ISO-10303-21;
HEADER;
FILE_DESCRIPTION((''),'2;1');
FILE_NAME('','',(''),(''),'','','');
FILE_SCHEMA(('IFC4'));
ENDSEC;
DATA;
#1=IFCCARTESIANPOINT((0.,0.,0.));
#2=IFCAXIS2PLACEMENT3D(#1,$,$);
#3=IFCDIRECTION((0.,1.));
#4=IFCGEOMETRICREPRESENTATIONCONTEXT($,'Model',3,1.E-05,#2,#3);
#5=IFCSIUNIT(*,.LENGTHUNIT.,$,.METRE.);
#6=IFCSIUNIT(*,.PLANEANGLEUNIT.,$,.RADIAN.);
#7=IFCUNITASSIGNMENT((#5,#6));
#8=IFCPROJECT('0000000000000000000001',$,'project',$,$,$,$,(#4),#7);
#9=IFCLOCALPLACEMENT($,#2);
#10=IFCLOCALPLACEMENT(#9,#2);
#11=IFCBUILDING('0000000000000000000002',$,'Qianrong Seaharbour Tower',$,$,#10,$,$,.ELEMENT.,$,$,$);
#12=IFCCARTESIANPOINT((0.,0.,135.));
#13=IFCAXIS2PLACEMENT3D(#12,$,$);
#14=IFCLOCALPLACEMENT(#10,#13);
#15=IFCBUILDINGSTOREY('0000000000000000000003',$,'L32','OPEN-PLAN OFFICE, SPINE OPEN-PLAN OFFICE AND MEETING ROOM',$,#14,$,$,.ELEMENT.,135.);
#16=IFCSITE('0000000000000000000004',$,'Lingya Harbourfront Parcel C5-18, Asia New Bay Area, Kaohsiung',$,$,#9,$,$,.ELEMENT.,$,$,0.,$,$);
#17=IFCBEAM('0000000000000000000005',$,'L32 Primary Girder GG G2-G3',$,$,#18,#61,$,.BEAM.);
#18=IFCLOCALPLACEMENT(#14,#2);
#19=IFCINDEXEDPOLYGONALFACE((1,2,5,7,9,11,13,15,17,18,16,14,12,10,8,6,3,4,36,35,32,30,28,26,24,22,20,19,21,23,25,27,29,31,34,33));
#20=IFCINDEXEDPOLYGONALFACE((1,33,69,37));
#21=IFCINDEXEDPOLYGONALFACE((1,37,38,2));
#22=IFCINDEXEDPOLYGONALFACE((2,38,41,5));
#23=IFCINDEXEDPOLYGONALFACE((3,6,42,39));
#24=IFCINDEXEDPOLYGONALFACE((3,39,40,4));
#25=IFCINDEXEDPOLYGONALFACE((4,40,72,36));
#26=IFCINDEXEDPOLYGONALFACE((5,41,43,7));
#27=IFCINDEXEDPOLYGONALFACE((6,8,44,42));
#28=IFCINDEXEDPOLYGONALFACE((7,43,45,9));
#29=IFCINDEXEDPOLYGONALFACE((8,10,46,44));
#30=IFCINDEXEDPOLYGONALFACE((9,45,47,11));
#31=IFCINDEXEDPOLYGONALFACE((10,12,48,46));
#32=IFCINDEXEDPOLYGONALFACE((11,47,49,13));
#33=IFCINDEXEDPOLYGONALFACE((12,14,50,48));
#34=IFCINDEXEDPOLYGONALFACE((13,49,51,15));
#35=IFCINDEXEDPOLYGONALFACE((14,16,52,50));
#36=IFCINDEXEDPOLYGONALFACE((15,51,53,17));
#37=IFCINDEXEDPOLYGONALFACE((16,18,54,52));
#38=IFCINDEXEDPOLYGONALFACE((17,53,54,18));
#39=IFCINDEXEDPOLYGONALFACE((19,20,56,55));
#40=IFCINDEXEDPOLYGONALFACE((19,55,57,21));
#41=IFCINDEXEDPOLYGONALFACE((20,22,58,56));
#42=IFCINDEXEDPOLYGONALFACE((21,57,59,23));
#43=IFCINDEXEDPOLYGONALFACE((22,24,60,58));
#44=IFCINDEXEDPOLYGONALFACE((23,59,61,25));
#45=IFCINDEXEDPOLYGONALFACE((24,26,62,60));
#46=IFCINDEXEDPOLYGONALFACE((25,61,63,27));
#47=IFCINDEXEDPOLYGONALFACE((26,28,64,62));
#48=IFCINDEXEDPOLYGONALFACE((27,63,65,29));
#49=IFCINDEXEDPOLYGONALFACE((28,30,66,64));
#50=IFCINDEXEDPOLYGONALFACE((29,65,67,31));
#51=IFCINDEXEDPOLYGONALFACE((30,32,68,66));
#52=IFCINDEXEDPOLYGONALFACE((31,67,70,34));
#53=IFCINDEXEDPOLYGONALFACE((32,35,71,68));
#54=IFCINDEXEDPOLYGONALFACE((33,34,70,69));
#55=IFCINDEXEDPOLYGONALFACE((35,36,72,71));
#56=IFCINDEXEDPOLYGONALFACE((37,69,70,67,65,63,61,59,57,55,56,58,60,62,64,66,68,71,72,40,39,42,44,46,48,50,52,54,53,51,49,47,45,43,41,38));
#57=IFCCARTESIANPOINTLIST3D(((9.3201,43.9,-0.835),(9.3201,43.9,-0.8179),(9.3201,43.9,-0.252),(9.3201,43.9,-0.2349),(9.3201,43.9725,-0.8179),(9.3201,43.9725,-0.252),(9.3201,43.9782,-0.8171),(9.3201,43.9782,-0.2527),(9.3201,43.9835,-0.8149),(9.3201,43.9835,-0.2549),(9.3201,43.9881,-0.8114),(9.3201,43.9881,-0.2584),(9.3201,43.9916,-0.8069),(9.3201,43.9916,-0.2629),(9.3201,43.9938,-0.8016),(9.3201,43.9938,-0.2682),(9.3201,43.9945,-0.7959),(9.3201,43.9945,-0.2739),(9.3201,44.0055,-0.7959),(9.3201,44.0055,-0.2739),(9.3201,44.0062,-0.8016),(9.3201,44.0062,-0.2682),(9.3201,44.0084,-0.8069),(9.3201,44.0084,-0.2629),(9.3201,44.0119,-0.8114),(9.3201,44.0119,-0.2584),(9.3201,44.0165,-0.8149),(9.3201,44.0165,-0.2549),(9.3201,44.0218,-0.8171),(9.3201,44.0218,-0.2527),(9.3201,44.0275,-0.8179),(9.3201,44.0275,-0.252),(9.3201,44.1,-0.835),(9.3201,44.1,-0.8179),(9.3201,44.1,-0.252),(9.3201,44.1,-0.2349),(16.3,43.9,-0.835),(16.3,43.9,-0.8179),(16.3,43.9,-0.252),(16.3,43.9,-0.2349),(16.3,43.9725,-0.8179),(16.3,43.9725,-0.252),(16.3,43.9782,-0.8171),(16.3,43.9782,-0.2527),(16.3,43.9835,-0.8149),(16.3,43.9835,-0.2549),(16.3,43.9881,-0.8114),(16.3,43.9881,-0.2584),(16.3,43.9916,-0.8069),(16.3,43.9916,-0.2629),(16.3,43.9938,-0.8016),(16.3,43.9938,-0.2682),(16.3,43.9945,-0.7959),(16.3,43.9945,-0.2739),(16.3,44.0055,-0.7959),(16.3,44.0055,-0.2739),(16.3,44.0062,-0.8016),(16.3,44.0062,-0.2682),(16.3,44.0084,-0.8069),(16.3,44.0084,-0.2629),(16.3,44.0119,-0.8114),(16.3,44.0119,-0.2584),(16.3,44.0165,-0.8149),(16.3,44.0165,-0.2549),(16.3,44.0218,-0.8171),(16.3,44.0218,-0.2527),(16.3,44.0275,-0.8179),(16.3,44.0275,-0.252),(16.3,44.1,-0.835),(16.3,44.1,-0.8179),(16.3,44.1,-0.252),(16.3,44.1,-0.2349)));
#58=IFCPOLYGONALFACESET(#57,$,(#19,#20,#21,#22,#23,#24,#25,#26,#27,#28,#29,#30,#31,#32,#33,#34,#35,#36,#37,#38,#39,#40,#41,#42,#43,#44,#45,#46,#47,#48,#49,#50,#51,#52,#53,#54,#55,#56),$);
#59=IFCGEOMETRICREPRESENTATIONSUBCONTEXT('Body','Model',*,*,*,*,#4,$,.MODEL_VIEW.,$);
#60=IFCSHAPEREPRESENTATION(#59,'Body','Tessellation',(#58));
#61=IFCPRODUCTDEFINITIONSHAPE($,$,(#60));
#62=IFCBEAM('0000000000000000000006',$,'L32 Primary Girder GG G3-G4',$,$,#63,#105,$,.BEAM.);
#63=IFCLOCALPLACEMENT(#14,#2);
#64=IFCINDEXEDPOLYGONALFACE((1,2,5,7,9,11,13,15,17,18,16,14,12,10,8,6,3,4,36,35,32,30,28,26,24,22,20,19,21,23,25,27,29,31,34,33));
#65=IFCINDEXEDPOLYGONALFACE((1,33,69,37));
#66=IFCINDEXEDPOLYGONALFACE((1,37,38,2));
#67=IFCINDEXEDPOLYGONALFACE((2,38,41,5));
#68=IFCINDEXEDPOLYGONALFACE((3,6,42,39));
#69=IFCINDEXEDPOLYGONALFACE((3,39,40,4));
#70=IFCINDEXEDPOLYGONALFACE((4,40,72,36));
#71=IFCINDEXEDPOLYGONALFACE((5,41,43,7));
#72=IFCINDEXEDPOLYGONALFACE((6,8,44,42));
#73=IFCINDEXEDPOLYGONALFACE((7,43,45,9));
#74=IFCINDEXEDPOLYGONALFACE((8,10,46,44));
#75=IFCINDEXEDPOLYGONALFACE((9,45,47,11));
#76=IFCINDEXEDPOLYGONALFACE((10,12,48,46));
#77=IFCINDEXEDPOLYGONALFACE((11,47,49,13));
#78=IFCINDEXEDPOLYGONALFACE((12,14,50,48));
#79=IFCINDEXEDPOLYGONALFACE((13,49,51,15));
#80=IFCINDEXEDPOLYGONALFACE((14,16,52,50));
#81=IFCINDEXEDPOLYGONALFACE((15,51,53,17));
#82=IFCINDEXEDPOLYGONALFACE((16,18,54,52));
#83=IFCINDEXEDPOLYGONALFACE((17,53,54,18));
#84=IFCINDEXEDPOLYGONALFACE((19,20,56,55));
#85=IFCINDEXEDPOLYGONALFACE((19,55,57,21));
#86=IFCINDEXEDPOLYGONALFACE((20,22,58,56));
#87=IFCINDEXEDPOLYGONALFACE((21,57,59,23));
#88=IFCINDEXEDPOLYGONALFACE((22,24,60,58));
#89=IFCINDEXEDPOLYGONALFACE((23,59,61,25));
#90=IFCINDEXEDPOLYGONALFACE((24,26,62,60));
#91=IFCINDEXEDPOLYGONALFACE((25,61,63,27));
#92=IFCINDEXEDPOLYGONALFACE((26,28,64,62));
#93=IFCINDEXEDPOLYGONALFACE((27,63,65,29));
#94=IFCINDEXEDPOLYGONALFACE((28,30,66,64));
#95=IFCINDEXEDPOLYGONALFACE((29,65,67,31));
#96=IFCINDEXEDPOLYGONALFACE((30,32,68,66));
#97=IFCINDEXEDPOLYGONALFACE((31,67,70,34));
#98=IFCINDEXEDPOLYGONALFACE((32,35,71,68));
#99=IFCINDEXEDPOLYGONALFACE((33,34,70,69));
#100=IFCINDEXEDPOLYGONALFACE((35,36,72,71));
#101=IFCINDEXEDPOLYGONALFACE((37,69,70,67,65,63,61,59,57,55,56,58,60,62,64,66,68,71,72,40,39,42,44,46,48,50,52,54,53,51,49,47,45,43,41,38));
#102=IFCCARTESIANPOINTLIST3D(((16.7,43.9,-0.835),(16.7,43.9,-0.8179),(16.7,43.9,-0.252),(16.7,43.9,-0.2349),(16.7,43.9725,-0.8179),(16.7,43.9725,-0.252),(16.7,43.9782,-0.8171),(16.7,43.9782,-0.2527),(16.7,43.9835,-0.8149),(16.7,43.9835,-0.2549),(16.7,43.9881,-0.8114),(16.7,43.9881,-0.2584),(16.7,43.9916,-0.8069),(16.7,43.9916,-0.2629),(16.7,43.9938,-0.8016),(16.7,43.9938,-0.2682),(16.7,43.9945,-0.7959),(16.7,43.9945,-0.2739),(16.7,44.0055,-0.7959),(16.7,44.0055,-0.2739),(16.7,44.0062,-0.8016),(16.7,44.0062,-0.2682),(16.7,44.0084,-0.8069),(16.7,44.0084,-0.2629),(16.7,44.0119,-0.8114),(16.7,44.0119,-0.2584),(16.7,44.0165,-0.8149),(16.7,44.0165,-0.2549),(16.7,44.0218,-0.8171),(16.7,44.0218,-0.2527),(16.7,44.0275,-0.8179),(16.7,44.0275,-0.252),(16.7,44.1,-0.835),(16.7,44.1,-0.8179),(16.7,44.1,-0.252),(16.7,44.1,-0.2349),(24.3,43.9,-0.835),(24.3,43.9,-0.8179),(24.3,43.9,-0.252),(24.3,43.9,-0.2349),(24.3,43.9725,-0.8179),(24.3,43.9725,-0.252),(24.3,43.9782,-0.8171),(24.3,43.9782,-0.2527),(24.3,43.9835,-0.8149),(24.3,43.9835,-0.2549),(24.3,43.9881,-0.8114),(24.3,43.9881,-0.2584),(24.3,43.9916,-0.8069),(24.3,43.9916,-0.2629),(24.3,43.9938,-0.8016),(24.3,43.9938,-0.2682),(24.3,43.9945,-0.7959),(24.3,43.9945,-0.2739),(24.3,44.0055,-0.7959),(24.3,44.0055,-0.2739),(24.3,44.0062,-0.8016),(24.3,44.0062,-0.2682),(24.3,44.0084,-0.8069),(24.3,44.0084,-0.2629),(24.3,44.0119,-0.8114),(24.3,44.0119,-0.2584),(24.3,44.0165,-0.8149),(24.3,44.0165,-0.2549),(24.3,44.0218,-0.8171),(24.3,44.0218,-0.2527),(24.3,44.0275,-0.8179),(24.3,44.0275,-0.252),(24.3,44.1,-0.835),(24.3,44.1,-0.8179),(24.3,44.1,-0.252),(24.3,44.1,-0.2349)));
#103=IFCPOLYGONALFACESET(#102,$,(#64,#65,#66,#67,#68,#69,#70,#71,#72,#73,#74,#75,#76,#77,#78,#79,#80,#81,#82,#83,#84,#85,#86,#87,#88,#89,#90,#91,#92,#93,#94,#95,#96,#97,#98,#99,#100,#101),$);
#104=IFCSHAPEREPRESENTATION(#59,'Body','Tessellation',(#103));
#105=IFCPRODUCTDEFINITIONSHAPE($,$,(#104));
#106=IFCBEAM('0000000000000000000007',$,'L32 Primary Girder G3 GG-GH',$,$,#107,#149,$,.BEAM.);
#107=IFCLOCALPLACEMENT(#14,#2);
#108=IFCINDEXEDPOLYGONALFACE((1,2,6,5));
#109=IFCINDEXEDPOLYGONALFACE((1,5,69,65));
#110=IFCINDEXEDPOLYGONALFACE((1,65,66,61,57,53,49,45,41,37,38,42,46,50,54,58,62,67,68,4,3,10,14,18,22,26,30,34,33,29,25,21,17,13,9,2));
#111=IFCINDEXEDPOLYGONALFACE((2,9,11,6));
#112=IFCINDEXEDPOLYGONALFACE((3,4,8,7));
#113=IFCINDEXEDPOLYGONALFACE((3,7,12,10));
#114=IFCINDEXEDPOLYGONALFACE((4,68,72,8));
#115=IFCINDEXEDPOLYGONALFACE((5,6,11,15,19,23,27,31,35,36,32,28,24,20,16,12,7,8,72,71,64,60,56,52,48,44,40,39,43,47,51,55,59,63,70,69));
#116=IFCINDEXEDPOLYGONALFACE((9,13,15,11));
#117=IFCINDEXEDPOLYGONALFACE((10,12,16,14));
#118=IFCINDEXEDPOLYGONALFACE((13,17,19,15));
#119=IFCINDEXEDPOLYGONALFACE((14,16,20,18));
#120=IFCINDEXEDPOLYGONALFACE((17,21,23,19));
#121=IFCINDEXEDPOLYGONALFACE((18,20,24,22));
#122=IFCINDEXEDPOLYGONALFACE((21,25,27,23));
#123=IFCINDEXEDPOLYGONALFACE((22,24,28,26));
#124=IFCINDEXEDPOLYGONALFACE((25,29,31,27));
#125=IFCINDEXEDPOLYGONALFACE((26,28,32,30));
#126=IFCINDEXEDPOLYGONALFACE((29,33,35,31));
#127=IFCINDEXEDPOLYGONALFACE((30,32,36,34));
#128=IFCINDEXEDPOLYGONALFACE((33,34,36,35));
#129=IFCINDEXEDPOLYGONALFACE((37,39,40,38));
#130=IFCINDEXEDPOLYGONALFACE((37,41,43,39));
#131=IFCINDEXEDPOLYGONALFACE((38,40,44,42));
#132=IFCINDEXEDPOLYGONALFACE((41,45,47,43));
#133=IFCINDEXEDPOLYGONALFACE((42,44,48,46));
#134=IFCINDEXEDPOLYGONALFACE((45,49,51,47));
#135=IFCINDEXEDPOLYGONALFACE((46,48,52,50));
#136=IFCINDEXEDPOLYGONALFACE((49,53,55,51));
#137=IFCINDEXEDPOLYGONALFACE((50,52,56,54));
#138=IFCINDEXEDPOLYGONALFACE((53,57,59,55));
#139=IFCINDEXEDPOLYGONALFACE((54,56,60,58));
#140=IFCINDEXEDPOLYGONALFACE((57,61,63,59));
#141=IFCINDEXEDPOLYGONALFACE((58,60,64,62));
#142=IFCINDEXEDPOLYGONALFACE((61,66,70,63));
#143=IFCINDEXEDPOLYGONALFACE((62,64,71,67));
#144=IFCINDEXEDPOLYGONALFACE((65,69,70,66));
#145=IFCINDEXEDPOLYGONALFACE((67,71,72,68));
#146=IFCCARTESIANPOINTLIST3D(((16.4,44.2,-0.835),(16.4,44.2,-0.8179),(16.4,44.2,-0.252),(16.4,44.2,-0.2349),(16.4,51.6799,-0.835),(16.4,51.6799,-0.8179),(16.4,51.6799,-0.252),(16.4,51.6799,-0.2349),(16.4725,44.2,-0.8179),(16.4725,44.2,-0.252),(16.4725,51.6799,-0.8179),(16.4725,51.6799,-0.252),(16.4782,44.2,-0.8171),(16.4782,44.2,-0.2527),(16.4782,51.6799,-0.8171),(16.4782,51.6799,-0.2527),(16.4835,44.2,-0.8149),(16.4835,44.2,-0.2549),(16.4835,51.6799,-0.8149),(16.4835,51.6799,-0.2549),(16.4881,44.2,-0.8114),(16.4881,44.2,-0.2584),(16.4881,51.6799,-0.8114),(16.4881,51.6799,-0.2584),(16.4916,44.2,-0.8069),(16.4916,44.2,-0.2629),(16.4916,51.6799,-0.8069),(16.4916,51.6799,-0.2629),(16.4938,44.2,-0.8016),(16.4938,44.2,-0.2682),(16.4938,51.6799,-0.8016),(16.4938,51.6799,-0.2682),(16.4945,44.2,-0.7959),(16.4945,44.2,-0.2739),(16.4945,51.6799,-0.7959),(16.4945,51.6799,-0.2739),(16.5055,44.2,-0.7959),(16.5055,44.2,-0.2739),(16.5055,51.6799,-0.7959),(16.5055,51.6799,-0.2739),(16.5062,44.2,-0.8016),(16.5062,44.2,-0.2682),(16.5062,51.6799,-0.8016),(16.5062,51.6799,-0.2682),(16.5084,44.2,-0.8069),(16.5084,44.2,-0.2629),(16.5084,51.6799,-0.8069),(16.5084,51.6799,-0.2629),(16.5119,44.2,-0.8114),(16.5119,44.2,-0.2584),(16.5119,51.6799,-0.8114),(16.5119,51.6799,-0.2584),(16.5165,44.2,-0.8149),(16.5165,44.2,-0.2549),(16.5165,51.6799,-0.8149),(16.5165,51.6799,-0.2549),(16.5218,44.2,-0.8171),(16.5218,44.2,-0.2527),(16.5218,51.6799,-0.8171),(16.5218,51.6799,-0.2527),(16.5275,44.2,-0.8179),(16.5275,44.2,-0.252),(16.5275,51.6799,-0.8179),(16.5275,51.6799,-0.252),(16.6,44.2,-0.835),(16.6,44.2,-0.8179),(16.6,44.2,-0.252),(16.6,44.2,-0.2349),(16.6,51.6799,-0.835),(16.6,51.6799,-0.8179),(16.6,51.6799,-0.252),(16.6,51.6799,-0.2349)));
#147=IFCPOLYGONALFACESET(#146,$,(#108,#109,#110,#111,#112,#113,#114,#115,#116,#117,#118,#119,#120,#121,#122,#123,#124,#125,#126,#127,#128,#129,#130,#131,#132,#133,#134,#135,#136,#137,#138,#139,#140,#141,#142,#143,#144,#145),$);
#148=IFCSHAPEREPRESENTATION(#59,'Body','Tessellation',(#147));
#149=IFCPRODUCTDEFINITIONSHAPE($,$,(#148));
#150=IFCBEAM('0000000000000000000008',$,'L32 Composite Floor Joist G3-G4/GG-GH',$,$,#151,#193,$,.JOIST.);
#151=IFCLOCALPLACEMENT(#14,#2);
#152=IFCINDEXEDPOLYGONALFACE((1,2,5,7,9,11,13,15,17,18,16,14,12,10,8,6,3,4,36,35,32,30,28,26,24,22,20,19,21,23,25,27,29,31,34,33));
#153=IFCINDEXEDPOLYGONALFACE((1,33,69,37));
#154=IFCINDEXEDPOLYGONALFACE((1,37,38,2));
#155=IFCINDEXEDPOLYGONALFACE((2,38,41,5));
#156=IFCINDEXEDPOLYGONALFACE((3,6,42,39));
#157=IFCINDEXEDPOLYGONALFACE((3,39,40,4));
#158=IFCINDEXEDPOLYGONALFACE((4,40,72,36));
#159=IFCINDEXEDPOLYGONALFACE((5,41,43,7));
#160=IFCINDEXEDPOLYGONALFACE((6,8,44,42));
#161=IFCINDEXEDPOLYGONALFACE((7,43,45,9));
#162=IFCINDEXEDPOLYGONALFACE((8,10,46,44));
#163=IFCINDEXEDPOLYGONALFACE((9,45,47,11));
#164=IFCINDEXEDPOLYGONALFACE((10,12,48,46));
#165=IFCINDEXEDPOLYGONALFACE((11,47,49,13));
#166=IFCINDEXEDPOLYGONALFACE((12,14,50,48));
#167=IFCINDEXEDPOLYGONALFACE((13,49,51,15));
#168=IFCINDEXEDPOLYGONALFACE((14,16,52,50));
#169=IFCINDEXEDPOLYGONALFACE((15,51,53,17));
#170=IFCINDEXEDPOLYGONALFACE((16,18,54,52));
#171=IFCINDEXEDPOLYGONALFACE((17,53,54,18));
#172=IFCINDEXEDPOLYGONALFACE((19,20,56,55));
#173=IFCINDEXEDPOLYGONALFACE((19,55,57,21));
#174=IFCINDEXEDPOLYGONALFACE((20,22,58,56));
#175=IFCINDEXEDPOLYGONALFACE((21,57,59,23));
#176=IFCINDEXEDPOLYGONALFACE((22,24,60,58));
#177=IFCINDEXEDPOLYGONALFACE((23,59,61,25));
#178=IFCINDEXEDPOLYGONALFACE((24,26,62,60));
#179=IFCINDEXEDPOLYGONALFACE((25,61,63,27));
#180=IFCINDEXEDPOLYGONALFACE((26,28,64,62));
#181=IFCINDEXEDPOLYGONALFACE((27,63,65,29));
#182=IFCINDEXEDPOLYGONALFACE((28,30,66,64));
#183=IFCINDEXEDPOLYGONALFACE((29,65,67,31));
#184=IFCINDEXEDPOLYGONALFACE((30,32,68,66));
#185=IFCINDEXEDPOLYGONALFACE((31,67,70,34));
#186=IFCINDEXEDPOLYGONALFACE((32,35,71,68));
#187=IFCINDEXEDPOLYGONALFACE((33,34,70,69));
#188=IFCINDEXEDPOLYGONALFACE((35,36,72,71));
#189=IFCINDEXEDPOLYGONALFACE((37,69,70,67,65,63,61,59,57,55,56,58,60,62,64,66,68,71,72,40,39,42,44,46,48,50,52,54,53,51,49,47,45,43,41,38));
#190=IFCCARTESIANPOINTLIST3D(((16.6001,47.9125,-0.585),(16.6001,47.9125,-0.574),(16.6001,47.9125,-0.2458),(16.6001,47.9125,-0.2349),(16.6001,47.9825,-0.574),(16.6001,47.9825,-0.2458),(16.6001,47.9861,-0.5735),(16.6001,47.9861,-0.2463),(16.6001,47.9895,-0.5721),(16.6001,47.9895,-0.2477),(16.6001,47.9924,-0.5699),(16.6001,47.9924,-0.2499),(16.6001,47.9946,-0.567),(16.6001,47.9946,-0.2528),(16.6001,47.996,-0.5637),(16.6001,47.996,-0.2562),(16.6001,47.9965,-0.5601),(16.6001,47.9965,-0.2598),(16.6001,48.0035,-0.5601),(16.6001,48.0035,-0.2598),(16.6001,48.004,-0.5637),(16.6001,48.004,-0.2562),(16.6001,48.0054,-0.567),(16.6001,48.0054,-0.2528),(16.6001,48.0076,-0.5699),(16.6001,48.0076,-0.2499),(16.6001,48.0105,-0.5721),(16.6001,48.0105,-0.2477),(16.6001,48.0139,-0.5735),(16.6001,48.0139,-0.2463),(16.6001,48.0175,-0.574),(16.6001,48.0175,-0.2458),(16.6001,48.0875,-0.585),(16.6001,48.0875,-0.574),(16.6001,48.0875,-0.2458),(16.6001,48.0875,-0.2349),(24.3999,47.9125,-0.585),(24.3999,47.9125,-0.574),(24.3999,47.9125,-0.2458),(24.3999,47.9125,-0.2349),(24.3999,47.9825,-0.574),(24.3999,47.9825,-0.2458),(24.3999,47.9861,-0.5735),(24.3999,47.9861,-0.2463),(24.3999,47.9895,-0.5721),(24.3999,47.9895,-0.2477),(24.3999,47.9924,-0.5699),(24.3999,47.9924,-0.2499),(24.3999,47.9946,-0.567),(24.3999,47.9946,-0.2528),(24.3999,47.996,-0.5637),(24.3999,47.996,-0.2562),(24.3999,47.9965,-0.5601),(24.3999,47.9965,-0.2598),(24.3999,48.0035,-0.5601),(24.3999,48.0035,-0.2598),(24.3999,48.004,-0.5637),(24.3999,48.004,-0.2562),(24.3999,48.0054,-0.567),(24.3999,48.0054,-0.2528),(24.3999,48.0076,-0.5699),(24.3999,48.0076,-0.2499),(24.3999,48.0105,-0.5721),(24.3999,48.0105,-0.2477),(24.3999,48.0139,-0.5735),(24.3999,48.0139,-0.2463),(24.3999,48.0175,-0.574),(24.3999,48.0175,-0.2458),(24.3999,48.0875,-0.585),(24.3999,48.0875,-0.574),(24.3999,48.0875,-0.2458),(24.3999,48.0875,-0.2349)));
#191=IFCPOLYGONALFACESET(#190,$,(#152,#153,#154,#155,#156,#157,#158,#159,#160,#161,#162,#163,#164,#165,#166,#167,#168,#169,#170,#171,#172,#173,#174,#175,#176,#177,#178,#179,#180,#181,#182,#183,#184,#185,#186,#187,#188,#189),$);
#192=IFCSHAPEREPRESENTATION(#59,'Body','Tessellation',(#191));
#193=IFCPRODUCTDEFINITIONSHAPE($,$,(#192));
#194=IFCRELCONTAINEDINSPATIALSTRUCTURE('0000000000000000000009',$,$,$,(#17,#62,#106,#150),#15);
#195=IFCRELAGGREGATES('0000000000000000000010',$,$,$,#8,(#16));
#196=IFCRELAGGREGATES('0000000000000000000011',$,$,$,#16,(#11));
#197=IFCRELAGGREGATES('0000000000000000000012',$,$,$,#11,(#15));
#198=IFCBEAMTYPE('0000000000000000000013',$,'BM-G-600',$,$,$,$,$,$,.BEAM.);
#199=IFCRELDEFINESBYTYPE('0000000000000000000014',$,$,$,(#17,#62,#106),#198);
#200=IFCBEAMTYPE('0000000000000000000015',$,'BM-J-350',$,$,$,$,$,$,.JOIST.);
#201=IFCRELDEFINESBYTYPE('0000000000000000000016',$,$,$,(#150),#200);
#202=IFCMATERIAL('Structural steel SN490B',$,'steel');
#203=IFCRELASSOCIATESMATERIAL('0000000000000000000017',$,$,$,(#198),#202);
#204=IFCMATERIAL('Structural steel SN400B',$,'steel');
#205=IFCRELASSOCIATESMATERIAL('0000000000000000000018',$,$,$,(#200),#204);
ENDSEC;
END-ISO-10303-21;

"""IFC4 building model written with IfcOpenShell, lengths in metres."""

from ifc_helpers import new_model, si_unit, direction, frame, origin, origin_2d, place, context, subcontext, project, spatial, i_section, extrude, material, material_profile, profile_set, type_object, element, save


model = new_model("IFC4")

# Units and contexts
model_context = context("Model", 3, precision=1e-05, world=origin(), true_north=direction((0.0, 1.0)))
body_context = subcontext(model_context, "Body", "Model", "MODEL_VIEW")
ifc_project = project(units=[si_unit("LENGTHUNIT", "METRE"), si_unit("PLANEANGLEUNIT", "RADIAN")], contexts=[model_context])

# Site, building, storey
site_placement = place(None, origin())
site = spatial("IfcSite", under=ifc_project, at=site_placement, Name="Lingya Harbourfront Parcel C5-18, Asia New Bay Area, Kaohsiung", CompositionType="ELEMENT", RefElevation=0.0)
building_placement = place(site_placement, origin())
building = spatial("IfcBuilding", under=site, at=building_placement, Name="Qianrong Seaharbour Tower", CompositionType="ELEMENT")
storey_placement = place(building_placement, frame((0.0, 0.0, 135.0)))
storey = spatial("IfcBuildingStorey", under=building, at=storey_placement, Name="L32", Description="OPEN-PLAN OFFICE, SPINE OPEN-PLAN OFFICE AND MEETING ROOM", CompositionType="ELEMENT", Elevation=135.0)

# Shared definitions
ifc_material_1 = material(Name="Structural steel SN490B", Category="steel")

# Beams
ifc_material_profile_1 = material_profile(ifc_material_1, i_section(OverallWidth=0.2, OverallDepth=0.6001, WebThickness=0.011, FlangeThickness=0.0171, FilletRadius=0.022, at=origin_2d()), Name="H600x200x11x17")
ifc_profile_set_1 = profile_set([ifc_material_profile_1], Name="Structural steel SN490B")
beam_type_1 = type_object("IfcBeamType", Name="BM-G-600", PredefinedType="BEAM", material=ifc_profile_set_1)
beam_1_placement = place(storey_placement, frame((9.3201, 44.0, -0.5349), z_axis=(1.0, 0.0, 0.0), x_axis=(0.0, 1.0, 0.0)))
element("IfcBeam", 1, at=beam_1_placement, inside=storey, type_object=beam_type_1, Name="L32 Primary Girder GG G2-G3", PredefinedType="BEAM", context=body_context, shape_type="SweptSolid", body=[
    extrude(i_section(OverallWidth=0.2, OverallDepth=0.6001, WebThickness=0.011, FlangeThickness=0.0171, FilletRadius=0.022, at=origin_2d()), origin(), (0.0, 0.0, 1.0), 6.98),
])
beam_2_placement = place(storey_placement, frame((16.7, 44.0, -0.5349), z_axis=(1.0, 0.0, 0.0), x_axis=(0.0, 1.0, 0.0)))
element("IfcBeam", 2, at=beam_2_placement, inside=storey, type_object=beam_type_1, Name="L32 Primary Girder GG G3-G4", PredefinedType="BEAM", context=body_context, shape_type="SweptSolid", body=[
    extrude(i_section(OverallWidth=0.2, OverallDepth=0.6001, WebThickness=0.011, FlangeThickness=0.0171, FilletRadius=0.022, at=origin_2d()), origin(), (0.0, 0.0, 1.0), 7.6001),
])
beam_3_placement = place(storey_placement, frame((16.5, 44.2, -0.5349), z_axis=(0.0, 1.0, 0.0), x_axis=(-1.0, 0.0, 0.0)))
element("IfcBeam", 3, at=beam_3_placement, inside=storey, type_object=beam_type_1, Name="L32 Primary Girder G3 GG-GH", PredefinedType="BEAM", context=body_context, shape_type="SweptSolid", body=[
    extrude(i_section(OverallWidth=0.2, OverallDepth=0.6001, WebThickness=0.011, FlangeThickness=0.0171, FilletRadius=0.022, at=origin_2d()), origin(), (0.0, 0.0, 1.0), 7.48),
])
ifc_material_2 = material(Name="Structural steel SN400B", Category="steel")
ifc_material_profile_2 = material_profile(ifc_material_2, i_section(OverallWidth=0.175, OverallDepth=0.3501, WebThickness=0.0071, FlangeThickness=0.011, FilletRadius=0.0139, at=origin_2d()), Name="H350x175x7x11")
ifc_profile_set_2 = profile_set([ifc_material_profile_2], Name="Structural steel SN400B")
beam_type_2 = type_object("IfcBeamType", Name="BM-J-350", PredefinedType="JOIST", material=ifc_profile_set_2)
beam_4_placement = place(storey_placement, frame((16.6001, 48.0, -0.4099), z_axis=(1.0, 0.0, 0.0), x_axis=(0.0, 1.0, 0.0)))
element("IfcBeam", 4, at=beam_4_placement, inside=storey, type_object=beam_type_2, Name="L32 Composite Floor Joist G3-G4/GG-GH", PredefinedType="JOIST", context=body_context, shape_type="SweptSolid", body=[
    extrude(i_section(OverallWidth=0.175, OverallDepth=0.3501, WebThickness=0.0071, FlangeThickness=0.011, FilletRadius=0.0139, at=origin_2d()), origin(), (0.0, 0.0, 1.0), 7.7998),
])

save(model, "model.ifc")
